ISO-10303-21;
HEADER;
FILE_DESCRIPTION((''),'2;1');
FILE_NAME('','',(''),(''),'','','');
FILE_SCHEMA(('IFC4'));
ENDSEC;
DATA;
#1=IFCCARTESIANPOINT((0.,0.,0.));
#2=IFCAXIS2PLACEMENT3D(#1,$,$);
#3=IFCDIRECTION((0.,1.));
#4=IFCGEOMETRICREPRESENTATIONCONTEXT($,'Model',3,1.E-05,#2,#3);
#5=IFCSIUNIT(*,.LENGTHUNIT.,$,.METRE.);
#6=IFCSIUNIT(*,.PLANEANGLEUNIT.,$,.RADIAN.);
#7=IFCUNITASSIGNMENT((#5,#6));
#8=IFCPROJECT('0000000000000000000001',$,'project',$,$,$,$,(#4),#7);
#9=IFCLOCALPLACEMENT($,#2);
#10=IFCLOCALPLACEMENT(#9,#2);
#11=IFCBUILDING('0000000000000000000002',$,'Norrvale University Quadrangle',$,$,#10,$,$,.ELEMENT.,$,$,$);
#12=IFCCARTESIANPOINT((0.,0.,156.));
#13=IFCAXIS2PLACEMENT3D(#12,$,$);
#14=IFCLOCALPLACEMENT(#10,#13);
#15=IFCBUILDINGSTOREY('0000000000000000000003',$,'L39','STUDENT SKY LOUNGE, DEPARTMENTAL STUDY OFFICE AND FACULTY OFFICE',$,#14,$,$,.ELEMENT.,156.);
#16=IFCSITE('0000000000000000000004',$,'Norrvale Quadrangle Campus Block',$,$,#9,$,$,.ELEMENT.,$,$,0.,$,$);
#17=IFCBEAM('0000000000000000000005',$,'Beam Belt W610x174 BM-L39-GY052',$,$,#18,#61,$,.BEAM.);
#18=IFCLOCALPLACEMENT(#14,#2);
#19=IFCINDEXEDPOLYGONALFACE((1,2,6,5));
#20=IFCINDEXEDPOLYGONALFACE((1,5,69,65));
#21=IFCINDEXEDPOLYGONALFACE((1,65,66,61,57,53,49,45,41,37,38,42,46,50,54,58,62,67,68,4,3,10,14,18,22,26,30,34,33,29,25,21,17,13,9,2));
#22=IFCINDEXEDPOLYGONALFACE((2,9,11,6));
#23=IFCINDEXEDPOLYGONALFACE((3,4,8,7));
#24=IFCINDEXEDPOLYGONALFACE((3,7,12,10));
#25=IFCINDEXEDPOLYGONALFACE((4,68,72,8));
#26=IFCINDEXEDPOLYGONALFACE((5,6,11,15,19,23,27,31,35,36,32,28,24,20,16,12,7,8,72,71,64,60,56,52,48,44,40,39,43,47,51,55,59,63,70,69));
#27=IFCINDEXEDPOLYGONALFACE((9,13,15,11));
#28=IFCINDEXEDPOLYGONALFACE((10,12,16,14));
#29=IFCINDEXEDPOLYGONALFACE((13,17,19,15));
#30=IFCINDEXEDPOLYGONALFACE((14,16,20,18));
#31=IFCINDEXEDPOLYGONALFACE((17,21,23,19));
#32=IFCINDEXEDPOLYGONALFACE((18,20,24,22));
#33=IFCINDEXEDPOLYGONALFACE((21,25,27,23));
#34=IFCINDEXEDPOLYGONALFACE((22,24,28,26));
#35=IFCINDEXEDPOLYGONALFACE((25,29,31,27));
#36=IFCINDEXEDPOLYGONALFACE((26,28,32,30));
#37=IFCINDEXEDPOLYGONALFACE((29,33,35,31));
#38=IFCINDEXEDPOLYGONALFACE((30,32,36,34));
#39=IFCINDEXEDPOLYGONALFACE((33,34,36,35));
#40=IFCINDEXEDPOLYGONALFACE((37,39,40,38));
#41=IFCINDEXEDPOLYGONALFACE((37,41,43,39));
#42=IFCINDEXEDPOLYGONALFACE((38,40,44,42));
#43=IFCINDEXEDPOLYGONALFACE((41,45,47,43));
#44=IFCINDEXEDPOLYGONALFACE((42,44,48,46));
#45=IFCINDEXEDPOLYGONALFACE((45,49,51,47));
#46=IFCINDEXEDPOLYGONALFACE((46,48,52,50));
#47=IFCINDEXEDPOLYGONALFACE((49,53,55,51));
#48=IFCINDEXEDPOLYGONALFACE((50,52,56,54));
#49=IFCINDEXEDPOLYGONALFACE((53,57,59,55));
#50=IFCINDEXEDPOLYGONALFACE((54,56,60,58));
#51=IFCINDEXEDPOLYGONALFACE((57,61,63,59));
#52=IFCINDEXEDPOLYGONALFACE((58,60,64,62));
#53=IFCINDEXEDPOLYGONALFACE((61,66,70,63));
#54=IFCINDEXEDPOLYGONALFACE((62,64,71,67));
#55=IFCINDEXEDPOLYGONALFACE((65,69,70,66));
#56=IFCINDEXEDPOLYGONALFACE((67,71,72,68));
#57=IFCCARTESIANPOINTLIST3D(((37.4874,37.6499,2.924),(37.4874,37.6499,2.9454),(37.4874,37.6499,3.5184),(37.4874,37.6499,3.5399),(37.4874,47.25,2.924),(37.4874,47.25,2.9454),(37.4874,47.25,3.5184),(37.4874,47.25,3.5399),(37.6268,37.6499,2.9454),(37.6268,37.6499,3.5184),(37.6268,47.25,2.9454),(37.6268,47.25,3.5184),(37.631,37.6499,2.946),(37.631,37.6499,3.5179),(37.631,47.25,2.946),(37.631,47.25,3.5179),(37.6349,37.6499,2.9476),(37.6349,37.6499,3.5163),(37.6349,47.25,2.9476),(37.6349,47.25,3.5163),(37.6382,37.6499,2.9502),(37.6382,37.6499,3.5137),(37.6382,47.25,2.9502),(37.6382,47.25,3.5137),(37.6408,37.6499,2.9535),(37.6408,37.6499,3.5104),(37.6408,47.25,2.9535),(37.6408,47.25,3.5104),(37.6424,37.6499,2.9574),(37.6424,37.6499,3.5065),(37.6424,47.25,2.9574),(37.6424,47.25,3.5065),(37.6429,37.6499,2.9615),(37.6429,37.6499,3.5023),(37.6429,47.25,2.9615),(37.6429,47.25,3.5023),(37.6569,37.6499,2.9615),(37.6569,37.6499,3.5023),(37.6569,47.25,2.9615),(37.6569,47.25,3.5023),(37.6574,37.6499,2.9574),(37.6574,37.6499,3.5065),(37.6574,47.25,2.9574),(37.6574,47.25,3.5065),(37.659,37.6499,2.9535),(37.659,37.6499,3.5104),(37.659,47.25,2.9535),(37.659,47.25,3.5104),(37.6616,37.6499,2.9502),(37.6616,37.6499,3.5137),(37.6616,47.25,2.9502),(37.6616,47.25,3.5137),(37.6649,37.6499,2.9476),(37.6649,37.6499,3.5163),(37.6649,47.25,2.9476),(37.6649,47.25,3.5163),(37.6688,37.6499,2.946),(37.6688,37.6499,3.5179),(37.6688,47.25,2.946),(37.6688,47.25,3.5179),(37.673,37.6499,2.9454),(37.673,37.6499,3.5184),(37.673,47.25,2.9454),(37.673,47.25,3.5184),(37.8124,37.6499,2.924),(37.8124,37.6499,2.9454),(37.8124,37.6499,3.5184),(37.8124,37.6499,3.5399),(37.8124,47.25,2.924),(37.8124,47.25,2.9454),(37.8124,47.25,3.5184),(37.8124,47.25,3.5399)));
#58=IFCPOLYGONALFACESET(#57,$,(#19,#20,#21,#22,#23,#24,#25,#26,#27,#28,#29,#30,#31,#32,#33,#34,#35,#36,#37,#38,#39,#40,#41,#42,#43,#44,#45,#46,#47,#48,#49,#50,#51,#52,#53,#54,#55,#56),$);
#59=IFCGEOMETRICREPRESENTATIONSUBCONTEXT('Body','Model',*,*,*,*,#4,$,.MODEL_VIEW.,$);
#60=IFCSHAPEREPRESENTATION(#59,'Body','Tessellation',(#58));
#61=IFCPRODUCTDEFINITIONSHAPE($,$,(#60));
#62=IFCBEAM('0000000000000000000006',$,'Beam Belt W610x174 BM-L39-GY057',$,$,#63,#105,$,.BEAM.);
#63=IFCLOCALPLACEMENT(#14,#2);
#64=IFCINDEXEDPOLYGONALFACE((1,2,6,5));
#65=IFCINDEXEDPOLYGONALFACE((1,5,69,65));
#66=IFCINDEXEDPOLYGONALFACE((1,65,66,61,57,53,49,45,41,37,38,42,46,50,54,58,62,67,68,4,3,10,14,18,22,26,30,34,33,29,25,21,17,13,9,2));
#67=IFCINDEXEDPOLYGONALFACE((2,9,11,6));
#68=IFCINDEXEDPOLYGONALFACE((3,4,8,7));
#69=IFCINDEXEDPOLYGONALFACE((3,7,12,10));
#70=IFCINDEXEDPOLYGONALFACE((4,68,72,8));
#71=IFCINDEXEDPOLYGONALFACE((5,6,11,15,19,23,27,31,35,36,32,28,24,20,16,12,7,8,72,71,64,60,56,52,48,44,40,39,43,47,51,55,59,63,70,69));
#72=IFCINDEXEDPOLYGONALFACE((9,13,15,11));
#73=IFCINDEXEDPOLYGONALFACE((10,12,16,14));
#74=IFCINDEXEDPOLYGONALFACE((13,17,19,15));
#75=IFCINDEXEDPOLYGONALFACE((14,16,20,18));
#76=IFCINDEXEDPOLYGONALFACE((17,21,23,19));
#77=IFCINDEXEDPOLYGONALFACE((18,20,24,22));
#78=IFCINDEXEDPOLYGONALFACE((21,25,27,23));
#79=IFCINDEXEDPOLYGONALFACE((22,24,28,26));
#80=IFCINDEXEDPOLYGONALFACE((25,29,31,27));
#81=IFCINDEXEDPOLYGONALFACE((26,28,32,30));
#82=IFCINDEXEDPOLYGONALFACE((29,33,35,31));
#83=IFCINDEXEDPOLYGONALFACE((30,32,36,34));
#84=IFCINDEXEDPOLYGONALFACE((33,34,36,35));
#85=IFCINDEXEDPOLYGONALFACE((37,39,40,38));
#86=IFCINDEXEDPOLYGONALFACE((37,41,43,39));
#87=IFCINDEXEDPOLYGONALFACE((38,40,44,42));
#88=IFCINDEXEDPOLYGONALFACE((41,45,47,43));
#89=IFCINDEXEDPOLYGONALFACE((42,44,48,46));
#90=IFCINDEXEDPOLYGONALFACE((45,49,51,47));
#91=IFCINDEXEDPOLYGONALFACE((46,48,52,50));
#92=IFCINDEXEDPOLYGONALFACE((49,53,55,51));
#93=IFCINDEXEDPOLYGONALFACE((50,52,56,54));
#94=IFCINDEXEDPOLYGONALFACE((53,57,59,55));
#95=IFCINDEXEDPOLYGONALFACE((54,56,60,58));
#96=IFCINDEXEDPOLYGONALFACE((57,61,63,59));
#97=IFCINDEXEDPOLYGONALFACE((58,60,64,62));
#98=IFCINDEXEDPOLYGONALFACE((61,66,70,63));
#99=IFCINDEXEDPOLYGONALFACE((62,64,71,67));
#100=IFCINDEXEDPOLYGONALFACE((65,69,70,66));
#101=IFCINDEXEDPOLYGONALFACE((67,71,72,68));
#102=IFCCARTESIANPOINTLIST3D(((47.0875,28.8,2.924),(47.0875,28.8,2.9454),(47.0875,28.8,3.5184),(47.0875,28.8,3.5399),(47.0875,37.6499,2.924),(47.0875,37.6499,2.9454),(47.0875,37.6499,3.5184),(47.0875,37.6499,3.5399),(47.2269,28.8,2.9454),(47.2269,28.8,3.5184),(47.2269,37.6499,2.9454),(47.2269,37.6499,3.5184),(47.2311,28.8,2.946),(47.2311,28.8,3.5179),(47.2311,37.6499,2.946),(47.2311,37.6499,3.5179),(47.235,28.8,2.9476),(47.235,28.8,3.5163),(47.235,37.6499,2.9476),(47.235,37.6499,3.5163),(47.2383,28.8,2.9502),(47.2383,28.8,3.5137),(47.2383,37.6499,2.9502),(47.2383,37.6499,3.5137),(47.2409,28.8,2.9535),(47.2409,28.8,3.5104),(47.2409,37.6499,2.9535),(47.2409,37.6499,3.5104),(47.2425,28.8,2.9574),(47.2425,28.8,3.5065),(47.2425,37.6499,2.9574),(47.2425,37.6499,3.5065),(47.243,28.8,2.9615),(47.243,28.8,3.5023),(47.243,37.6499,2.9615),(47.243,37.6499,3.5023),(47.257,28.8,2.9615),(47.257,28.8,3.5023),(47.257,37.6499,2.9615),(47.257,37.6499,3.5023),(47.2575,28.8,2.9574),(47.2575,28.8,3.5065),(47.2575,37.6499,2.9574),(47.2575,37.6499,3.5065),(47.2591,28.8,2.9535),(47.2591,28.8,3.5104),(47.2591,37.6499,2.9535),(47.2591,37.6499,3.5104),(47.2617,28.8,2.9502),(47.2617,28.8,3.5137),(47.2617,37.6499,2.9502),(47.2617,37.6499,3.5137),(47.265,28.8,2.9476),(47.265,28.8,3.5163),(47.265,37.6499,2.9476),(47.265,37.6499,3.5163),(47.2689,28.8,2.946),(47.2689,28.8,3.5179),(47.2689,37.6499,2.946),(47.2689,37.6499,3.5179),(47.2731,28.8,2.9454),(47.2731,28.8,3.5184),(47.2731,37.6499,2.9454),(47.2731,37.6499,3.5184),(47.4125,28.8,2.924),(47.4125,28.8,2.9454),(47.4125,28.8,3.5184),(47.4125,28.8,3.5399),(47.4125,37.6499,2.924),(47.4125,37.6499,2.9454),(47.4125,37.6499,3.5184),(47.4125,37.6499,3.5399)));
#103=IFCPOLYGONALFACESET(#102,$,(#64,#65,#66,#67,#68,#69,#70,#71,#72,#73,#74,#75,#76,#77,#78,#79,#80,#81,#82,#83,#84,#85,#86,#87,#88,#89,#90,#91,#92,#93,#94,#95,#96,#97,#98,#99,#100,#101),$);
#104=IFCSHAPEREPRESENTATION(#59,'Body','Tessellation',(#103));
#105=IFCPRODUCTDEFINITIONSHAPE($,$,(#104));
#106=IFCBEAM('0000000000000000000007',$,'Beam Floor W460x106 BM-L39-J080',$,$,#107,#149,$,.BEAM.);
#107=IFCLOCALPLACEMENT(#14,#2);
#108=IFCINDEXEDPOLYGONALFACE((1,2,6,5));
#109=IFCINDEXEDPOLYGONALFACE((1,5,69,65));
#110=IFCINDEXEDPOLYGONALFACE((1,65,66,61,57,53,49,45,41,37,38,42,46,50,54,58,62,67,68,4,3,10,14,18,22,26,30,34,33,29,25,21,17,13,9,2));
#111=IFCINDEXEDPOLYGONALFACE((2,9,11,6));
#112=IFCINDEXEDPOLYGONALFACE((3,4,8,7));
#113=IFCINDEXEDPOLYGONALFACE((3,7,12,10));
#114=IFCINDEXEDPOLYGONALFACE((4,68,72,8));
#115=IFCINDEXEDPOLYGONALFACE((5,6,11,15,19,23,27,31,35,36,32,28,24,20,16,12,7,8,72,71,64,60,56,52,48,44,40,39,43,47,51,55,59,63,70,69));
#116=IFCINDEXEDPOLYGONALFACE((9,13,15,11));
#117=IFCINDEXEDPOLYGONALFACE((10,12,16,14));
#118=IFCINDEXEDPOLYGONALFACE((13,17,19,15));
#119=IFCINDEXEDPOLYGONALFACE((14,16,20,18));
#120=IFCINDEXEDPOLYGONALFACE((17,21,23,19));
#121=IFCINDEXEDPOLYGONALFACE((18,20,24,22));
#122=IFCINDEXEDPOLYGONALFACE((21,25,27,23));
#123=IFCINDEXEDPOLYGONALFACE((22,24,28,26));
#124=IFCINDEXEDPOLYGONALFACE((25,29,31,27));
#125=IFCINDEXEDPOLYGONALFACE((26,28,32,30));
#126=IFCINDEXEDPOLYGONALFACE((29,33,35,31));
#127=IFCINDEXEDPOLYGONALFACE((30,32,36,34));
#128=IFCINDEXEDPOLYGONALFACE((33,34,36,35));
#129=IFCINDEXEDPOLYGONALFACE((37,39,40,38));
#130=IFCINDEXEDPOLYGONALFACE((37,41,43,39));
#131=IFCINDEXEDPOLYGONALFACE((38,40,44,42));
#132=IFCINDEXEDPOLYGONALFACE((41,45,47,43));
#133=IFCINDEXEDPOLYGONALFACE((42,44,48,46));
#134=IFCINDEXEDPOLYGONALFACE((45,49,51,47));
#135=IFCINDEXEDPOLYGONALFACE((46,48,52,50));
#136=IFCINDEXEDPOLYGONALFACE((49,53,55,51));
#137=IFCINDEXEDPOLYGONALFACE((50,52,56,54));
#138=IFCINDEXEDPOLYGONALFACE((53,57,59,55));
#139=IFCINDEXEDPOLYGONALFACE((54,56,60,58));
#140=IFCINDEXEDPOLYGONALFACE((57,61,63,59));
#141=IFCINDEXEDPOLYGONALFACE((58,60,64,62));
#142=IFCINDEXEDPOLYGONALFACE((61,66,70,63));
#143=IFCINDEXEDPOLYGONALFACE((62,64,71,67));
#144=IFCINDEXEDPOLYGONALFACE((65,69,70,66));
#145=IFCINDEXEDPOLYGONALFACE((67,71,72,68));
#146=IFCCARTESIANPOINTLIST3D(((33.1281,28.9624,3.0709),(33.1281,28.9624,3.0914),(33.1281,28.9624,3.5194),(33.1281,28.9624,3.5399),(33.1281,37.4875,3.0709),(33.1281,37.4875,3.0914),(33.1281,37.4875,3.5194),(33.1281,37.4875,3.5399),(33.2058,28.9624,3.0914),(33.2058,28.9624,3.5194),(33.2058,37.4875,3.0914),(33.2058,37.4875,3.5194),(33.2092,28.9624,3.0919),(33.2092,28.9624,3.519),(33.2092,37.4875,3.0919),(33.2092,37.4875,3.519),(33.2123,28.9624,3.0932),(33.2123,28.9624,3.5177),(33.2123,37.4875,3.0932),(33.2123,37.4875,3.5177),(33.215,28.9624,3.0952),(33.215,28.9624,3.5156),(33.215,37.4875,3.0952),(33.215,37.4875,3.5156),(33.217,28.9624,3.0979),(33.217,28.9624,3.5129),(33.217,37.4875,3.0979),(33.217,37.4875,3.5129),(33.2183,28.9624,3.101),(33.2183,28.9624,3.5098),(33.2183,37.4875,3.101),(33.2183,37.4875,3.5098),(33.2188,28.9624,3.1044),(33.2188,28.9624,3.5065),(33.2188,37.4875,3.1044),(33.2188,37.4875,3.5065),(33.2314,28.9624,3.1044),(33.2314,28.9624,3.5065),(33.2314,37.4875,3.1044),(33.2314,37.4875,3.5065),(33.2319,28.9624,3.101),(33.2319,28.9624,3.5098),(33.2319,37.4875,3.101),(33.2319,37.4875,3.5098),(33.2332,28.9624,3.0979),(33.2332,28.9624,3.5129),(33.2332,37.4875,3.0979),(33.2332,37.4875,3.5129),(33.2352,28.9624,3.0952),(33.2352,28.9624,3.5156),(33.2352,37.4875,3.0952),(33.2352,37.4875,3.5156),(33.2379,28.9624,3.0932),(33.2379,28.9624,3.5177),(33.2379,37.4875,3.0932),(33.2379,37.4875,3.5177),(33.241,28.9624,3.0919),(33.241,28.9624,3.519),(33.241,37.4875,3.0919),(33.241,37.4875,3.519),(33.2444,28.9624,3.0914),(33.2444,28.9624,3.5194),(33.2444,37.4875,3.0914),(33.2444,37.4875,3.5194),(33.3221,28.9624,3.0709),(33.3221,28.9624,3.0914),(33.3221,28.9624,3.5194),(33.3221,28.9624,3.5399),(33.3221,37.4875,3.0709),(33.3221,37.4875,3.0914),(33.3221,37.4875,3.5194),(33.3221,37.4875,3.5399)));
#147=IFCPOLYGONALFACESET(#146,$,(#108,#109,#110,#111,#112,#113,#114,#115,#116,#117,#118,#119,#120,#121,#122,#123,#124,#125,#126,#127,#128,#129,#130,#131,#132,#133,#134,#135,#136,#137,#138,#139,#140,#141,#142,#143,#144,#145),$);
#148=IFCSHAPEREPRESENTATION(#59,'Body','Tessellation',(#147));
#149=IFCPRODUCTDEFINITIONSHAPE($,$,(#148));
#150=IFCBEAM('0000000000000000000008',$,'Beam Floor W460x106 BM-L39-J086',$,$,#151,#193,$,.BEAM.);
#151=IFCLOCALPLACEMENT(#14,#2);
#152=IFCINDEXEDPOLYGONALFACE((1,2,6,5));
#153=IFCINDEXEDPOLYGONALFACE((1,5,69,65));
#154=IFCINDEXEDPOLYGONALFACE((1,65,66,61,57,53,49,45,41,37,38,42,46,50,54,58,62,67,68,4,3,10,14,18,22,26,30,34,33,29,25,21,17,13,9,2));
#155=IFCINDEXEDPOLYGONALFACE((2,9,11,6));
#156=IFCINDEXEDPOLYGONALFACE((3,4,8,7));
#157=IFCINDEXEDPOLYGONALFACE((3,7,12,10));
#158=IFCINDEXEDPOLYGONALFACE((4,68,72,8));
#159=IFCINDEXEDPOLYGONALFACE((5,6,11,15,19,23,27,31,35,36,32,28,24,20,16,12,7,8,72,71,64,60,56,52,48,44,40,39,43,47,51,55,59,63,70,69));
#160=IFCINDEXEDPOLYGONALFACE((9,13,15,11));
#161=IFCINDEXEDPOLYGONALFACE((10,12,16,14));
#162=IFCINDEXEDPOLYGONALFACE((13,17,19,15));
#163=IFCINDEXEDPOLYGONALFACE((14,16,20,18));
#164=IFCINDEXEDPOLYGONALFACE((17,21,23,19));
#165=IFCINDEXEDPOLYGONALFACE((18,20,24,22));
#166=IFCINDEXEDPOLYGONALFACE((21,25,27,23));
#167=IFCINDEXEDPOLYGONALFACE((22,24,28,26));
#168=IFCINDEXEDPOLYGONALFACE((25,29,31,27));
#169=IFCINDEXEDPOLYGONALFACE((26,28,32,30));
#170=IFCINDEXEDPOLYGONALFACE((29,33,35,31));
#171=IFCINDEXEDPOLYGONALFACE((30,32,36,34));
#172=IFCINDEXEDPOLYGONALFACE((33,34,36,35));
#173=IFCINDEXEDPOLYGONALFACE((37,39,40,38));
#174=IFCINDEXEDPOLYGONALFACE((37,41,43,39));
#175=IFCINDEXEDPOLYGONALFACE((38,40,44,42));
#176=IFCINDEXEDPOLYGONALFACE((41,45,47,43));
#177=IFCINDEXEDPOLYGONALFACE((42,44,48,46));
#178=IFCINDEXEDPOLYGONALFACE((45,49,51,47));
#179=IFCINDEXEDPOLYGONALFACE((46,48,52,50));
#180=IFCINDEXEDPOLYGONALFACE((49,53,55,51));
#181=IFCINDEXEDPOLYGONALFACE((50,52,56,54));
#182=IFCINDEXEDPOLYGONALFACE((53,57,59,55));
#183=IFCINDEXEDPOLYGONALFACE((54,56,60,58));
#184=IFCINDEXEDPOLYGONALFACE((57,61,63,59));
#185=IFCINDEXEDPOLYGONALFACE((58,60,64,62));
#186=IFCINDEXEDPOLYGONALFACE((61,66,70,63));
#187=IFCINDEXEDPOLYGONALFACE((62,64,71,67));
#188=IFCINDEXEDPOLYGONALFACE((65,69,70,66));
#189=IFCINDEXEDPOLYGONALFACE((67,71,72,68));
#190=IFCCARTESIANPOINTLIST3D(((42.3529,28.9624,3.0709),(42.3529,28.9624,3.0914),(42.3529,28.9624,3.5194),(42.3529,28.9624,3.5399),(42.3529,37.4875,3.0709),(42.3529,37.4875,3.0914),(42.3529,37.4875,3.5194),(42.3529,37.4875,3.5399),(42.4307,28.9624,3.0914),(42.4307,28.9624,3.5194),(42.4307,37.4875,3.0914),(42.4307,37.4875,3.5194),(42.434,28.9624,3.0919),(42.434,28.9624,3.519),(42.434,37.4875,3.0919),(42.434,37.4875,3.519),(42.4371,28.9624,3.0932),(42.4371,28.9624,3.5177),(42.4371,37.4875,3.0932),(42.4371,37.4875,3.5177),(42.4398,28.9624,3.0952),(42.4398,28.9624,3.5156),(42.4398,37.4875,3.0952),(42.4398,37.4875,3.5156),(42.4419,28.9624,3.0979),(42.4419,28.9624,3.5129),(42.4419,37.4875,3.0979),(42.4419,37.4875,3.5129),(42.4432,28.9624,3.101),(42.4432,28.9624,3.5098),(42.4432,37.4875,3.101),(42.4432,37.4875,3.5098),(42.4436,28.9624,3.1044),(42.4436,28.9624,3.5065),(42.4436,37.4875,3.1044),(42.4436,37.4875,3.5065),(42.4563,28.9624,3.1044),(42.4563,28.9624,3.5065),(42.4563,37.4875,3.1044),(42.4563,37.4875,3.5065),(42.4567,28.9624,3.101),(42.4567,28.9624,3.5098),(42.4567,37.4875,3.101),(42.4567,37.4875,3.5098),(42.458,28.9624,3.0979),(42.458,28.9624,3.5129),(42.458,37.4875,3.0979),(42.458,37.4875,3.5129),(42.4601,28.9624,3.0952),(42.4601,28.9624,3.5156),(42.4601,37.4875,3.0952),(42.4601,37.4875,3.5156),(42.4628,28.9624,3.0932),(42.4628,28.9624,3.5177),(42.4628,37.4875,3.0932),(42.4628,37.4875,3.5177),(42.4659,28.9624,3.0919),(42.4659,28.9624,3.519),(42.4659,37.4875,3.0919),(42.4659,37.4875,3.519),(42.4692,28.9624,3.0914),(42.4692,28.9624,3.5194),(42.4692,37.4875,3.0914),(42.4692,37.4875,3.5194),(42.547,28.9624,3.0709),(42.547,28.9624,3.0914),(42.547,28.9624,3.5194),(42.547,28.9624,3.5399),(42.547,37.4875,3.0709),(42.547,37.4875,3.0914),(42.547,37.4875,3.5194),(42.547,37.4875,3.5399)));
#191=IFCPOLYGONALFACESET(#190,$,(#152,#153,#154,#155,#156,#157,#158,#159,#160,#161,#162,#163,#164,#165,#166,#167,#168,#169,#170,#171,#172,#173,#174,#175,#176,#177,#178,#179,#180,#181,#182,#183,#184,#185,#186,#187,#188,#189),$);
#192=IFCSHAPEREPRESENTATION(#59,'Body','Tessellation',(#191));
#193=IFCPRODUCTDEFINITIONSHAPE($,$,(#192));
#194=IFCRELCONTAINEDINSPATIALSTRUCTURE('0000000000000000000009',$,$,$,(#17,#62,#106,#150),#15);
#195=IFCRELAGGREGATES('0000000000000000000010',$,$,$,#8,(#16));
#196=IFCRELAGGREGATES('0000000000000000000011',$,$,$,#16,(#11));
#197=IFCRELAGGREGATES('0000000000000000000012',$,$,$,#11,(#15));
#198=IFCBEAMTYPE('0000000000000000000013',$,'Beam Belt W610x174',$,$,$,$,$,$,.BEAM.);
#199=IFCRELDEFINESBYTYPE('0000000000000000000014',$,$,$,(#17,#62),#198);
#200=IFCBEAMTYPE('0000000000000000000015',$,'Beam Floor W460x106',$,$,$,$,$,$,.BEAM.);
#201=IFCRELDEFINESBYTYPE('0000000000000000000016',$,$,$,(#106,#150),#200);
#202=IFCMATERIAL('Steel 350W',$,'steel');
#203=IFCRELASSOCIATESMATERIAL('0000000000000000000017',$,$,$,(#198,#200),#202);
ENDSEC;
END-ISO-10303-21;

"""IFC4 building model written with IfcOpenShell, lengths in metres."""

from ifc_helpers import new_model, si_unit, direction, frame, origin, origin_2d, place, context, subcontext, project, spatial, i_section, extrude, material, material_profile, profile_set, type_object, element, save


model = new_model("IFC4")

# Units and contexts
model_context = context("Model", 3, precision=1e-05, world=origin(), true_north=direction((0.0, 1.0)))
body_context = subcontext(model_context, "Body", "Model", "MODEL_VIEW")
ifc_project = project(units=[si_unit("LENGTHUNIT", "METRE"), si_unit("PLANEANGLEUNIT", "RADIAN")], contexts=[model_context])

# Site, building, storey
site_placement = place(None, origin())
site = spatial("IfcSite", under=ifc_project, at=site_placement, Name="Norrvale Quadrangle Campus Block", CompositionType="ELEMENT", RefElevation=0.0)
building_placement = place(site_placement, origin())
building = spatial("IfcBuilding", under=site, at=building_placement, Name="Norrvale University Quadrangle", CompositionType="ELEMENT")
storey_placement = place(building_placement, frame((0.0, 0.0, 156.0)))
storey = spatial("IfcBuildingStorey", under=building, at=storey_placement, Name="L39", Description="STUDENT SKY LOUNGE, DEPARTMENTAL STUDY OFFICE AND FACULTY OFFICE", CompositionType="ELEMENT", Elevation=156.0)

# Beams
ifc_material_1 = material(Name="Steel 350W", Category="steel")
ifc_material_profile_1 = material_profile(ifc_material_1, i_section(OverallWidth=0.325, OverallDepth=0.616, WebThickness=0.0139, FlangeThickness=0.0215, FilletRadius=0.0161, at=origin_2d()), Name="Steel 350W")
ifc_profile_set_1 = profile_set([ifc_material_profile_1], Name="Steel 350W")
beam_type_1 = type_object("IfcBeamType", Name="Beam Belt W610x174", PredefinedType="BEAM", material=ifc_profile_set_1)
beam_1_placement = place(storey_placement, frame((37.6499, 37.6499, 3.2319), z_axis=(0.0, 1.0, 0.0), x_axis=(-1.0, 0.0, 0.0)))
element("IfcBeam", 1, at=beam_1_placement, inside=storey, type_object=beam_type_1, Name="Beam Belt W610x174 BM-L39-GY052", PredefinedType="BEAM", context=body_context, shape_type="SweptSolid", body=[
    extrude(i_section(OverallWidth=0.325, OverallDepth=0.616, WebThickness=0.0139, FlangeThickness=0.0215, FilletRadius=0.0161, at=origin_2d()), origin(), (0.0, 0.0, 1.0), 9.6001),
])
beam_2_placement = place(storey_placement, frame((47.25, 28.8, 3.2319), z_axis=(0.0, 1.0, 0.0), x_axis=(-1.0, 0.0, 0.0)))
element("IfcBeam", 2, at=beam_2_placement, inside=storey, type_object=beam_type_1, Name="Beam Belt W610x174 BM-L39-GY057", PredefinedType="BEAM", context=body_context, shape_type="SweptSolid", body=[
    extrude(i_section(OverallWidth=0.325, OverallDepth=0.616, WebThickness=0.0139, FlangeThickness=0.0215, FilletRadius=0.0161, at=origin_2d()), origin(), (0.0, 0.0, 1.0), 8.8499),
])
ifc_material_profile_2 = material_profile(ifc_material_1, i_section(OverallWidth=0.1941, OverallDepth=0.469, WebThickness=0.0127, FlangeThickness=0.0205, FilletRadius=0.0129, at=origin_2d()), Name="Steel 350W")
ifc_profile_set_2 = profile_set([ifc_material_profile_2], Name="Steel 350W")
beam_type_2 = type_object("IfcBeamType", Name="Beam Floor W460x106", PredefinedType="BEAM", material=ifc_profile_set_2)
for number, where, z_axis, x_axis, name in (
    (3, (33.2251, 28.9624, 3.3054), (0.0, 1.0, 0.0), (-1.0, 0.0, 0.0), "Beam Floor W460x106 BM-L39-J080"),
    (4, (42.45, 28.9624, 3.3054), (0.0, 1.0, 0.0), (-1.0, 0.0, 0.0), "Beam Floor W460x106 BM-L39-J086"),
):
    element("IfcBeam", number, at=place(storey_placement, frame(where, z_axis=z_axis, x_axis=x_axis)), inside=storey, type_object=beam_type_2, Name=name, PredefinedType="BEAM", context=body_context, shape_type="SweptSolid", body=[
        extrude(i_section(OverallWidth=0.1941, OverallDepth=0.469, WebThickness=0.0127, FlangeThickness=0.0205, FilletRadius=0.0129, at=origin_2d()), origin(), (0.0, 0.0, 1.0), 8.5251),
    ])

save(model, "model.ifc")
